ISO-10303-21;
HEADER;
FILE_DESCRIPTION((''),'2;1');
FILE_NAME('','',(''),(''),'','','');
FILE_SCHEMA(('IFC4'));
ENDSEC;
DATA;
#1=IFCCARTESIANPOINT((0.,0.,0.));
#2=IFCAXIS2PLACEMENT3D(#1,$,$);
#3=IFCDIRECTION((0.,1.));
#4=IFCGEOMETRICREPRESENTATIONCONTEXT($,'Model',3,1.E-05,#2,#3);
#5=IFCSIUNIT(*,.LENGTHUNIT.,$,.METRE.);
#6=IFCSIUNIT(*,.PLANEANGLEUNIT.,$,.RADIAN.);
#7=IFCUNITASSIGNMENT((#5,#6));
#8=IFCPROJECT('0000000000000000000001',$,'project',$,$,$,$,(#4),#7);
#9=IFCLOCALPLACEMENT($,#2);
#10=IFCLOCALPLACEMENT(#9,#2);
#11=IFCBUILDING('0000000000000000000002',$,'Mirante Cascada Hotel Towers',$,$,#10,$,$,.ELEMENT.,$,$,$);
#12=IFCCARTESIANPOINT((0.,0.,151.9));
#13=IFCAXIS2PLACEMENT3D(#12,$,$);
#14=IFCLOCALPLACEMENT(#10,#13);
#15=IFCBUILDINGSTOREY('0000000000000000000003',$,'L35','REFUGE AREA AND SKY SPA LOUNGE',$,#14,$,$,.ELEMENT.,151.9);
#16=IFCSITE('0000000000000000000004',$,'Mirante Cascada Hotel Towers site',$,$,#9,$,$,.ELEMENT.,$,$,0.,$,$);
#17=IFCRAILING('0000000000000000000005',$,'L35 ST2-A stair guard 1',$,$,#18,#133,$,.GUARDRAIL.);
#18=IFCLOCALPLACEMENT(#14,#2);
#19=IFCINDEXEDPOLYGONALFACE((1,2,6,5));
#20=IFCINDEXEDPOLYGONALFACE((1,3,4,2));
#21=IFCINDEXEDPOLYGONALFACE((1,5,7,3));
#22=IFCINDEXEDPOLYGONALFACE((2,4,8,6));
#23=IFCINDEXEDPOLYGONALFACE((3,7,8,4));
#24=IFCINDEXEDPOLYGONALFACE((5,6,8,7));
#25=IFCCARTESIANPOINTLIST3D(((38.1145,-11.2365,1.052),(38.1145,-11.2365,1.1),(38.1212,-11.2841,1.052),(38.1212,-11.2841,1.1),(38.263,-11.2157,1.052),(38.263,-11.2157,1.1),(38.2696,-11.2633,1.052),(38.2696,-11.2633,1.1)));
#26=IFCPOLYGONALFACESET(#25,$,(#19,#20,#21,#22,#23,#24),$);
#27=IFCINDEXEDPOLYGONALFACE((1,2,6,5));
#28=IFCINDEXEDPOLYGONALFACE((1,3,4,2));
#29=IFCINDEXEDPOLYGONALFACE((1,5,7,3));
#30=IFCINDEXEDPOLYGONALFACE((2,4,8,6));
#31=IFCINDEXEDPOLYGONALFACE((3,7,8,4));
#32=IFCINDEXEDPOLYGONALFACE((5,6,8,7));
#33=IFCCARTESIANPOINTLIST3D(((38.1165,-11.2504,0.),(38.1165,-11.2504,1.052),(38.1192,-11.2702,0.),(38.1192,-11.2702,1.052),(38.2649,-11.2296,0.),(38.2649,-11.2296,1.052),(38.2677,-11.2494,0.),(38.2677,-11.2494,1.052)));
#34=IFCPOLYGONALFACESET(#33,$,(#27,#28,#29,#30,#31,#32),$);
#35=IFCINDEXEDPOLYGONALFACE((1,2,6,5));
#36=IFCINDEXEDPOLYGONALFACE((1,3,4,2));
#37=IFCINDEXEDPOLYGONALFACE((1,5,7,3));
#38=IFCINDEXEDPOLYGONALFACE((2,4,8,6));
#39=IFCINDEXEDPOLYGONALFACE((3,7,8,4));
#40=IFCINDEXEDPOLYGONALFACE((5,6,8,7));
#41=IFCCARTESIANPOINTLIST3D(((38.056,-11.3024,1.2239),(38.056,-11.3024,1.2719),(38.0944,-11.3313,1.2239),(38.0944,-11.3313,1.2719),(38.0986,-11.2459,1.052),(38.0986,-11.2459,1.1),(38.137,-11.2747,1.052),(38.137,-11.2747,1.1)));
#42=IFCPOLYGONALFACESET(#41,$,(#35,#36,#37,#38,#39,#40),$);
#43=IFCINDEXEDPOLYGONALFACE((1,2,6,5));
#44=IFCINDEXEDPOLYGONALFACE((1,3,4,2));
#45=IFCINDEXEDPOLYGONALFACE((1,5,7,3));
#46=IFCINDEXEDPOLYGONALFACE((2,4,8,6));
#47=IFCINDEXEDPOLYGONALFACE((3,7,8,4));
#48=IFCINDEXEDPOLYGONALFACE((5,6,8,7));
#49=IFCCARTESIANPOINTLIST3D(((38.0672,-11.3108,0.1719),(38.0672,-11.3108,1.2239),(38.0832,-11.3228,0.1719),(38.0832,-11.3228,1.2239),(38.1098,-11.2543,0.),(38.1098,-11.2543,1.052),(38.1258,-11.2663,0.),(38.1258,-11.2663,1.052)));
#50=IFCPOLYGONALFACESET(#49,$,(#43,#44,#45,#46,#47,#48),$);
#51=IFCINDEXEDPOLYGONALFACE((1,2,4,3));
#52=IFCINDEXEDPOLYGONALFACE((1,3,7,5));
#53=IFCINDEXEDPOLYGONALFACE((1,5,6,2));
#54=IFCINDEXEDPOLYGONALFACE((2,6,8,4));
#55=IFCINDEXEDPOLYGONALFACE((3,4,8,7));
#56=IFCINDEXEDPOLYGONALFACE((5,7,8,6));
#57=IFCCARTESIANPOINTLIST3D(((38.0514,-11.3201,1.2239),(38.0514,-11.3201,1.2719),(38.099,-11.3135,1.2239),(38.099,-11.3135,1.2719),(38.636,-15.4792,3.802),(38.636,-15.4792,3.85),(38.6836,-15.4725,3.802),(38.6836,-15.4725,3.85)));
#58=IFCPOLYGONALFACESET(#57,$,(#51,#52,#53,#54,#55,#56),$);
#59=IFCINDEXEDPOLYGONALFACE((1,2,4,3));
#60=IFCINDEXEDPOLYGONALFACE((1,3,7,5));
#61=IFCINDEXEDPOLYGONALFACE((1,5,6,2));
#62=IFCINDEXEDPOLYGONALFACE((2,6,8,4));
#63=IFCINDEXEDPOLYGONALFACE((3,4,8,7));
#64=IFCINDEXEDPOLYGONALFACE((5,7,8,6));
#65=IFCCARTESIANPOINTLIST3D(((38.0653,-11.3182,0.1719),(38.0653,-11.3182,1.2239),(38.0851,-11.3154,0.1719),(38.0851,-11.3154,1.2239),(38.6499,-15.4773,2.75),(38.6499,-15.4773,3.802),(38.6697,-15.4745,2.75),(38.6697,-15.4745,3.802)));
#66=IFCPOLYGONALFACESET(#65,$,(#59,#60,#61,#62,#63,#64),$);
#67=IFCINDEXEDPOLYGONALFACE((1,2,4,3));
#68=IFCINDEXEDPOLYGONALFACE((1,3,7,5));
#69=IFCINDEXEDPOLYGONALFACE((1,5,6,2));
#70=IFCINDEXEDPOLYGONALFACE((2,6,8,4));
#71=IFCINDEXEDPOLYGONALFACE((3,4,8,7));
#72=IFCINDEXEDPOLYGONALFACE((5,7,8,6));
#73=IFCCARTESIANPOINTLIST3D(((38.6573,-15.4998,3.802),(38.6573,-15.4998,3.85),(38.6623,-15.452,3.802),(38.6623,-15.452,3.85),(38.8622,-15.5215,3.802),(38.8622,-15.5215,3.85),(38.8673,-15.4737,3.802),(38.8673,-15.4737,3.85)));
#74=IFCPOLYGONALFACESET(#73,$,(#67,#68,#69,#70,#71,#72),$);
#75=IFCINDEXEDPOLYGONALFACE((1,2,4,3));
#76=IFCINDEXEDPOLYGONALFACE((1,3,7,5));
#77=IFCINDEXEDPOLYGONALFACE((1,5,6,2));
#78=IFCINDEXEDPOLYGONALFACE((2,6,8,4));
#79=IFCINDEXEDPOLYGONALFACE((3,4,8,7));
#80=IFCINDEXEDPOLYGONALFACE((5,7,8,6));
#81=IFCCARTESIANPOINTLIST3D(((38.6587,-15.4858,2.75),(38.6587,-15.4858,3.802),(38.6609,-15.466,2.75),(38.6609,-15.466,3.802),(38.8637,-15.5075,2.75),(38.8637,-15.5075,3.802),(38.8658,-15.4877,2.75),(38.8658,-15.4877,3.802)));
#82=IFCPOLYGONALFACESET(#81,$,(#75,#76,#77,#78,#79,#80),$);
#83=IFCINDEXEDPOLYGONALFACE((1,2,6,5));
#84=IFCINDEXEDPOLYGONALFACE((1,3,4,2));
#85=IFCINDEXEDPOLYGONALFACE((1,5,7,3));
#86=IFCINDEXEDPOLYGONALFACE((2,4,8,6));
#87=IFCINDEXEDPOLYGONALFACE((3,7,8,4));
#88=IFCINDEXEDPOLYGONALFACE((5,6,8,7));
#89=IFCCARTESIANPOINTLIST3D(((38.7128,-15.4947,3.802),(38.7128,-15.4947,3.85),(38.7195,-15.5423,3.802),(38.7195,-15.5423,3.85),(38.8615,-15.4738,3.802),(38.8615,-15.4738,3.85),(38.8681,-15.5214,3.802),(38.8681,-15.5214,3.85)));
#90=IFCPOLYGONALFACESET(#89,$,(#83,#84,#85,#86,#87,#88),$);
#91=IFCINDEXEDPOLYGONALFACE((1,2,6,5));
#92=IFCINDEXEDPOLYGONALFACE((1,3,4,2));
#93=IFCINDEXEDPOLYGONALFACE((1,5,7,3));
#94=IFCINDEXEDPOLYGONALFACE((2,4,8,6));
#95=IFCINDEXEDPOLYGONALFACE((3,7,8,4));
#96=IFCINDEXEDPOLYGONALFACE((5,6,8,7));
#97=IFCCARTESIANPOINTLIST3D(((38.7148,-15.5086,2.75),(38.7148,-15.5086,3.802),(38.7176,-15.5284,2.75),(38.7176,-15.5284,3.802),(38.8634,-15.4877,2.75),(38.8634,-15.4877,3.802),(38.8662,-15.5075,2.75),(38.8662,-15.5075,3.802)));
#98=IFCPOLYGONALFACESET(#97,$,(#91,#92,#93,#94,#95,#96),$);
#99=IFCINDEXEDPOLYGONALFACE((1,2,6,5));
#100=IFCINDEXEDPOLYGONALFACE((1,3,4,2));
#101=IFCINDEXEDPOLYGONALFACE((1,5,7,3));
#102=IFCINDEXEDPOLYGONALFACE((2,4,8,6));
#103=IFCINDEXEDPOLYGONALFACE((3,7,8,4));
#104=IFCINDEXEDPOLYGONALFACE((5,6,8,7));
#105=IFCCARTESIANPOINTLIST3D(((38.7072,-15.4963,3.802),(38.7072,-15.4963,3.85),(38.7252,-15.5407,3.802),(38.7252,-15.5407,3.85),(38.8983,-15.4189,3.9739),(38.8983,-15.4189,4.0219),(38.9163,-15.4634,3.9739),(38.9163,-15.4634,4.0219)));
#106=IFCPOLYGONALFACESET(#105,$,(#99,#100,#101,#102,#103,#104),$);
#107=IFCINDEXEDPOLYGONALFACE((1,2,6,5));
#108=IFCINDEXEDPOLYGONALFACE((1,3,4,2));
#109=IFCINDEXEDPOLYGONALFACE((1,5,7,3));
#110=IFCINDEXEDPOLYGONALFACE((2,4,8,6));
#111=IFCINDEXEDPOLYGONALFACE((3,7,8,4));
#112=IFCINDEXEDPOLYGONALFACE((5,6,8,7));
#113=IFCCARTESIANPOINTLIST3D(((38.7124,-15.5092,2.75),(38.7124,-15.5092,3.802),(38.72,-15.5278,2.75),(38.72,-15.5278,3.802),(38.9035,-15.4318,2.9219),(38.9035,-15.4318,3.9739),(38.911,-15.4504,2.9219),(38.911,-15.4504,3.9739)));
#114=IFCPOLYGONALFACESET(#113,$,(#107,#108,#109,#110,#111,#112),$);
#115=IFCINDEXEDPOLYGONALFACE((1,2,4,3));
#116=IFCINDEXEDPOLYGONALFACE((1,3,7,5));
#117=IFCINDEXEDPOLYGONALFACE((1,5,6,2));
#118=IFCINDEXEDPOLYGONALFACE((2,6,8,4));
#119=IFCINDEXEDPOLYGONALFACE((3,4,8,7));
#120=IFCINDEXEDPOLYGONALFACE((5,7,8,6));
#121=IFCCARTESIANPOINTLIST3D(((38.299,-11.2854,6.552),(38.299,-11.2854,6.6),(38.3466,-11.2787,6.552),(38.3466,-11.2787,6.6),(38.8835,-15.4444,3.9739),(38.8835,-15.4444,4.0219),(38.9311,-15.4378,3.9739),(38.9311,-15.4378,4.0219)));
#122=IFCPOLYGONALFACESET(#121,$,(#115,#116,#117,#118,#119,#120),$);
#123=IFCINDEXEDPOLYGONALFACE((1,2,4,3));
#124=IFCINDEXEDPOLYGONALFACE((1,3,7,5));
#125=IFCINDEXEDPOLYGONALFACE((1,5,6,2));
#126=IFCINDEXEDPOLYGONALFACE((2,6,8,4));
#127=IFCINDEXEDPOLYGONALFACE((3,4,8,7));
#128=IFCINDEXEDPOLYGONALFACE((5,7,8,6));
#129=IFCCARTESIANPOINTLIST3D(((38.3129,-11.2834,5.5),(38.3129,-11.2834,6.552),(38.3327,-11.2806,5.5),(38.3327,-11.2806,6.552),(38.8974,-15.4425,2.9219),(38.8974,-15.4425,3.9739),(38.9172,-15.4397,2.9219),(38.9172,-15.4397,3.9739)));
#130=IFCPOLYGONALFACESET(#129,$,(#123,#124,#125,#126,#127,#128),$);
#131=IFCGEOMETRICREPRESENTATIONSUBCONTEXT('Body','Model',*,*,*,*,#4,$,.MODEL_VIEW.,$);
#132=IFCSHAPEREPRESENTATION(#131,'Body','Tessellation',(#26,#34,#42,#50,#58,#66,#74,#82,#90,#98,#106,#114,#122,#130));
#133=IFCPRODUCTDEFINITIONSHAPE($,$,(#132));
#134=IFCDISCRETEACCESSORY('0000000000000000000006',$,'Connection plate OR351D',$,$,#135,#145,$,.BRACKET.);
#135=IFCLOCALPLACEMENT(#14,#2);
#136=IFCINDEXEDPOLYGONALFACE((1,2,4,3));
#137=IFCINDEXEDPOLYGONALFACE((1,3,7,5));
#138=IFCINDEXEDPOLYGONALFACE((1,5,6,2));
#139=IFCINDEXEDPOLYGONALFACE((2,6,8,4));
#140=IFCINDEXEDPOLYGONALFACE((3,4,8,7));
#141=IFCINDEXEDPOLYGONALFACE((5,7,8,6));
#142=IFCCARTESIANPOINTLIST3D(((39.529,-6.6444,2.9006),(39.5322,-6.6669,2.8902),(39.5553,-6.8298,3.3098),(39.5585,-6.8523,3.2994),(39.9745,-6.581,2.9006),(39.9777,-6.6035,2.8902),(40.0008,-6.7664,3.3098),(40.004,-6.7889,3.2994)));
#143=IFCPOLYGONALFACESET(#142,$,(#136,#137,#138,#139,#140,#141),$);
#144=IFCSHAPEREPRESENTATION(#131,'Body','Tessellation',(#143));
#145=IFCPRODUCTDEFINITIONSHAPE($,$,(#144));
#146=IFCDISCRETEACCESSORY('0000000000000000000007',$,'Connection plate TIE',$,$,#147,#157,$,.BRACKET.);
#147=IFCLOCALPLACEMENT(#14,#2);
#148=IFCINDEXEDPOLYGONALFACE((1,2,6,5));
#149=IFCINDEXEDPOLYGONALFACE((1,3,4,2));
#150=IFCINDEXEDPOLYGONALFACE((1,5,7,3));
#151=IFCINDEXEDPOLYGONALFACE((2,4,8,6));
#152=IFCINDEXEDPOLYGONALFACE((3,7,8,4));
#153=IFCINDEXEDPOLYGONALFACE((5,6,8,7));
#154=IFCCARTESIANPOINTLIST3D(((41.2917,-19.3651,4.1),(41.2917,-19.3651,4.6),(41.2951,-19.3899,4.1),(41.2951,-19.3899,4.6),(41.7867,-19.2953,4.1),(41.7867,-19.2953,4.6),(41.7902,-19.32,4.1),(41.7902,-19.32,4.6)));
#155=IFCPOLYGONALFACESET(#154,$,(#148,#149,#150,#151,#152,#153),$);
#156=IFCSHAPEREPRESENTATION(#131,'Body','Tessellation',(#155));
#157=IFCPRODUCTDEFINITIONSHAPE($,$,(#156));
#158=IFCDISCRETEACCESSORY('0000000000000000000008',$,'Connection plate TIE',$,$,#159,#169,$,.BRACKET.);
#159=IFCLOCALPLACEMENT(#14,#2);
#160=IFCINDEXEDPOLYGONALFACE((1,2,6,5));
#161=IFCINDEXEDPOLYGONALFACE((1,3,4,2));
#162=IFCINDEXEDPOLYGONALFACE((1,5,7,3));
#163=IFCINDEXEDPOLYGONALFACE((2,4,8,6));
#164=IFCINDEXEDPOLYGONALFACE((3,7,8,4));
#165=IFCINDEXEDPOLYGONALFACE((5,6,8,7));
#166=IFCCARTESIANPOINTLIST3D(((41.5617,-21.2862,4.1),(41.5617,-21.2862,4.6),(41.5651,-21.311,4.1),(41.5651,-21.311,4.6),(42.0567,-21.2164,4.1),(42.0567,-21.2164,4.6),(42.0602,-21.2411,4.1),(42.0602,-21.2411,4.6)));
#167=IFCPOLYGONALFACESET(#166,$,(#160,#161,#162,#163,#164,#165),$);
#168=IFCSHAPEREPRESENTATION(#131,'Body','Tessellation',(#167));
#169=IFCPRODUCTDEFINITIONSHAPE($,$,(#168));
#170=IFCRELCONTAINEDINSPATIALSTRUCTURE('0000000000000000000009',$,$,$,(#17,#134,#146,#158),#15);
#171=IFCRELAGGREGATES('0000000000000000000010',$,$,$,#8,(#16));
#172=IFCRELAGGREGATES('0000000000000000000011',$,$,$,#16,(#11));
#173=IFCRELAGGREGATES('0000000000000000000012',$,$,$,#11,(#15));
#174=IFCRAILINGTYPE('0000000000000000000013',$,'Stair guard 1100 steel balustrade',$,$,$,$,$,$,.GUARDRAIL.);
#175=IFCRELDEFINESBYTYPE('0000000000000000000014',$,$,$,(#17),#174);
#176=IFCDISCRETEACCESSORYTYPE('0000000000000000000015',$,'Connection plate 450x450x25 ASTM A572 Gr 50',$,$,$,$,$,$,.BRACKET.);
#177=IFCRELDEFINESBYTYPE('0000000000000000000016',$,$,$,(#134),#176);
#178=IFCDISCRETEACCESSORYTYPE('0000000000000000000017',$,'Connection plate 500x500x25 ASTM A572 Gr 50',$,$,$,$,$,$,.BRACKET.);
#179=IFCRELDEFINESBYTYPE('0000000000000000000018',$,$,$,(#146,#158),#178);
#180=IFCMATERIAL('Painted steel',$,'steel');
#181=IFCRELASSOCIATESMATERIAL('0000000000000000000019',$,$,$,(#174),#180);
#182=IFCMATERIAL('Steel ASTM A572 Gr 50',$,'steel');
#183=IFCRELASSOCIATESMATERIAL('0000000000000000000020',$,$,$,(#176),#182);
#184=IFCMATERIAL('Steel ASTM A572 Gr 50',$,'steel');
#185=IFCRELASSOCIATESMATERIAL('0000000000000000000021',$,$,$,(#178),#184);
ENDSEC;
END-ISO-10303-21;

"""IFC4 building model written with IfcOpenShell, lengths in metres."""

from ifc_helpers import new_model, si_unit, direction, frame, origin, origin_2d, place, context, subcontext, project, spatial, rectangle, extrude, material, material_profile, profile_set, type_object, element, save


model = new_model("IFC4")

# Units and contexts
model_context = context("Model", 3, precision=1e-05, world=origin(), true_north=direction((0.0, 1.0)))
body_context = subcontext(model_context, "Body", "Model", "MODEL_VIEW")
ifc_project = project(units=[si_unit("LENGTHUNIT", "METRE"), si_unit("PLANEANGLEUNIT", "RADIAN")], contexts=[model_context])

# Site, building, storey
site_placement = place(None, origin())
site = spatial("IfcSite", under=ifc_project, at=site_placement, Name="Mirante Cascada Hotel Towers site", CompositionType="ELEMENT", RefElevation=0.0)
building_placement = place(site_placement, origin())
building = spatial("IfcBuilding", under=site, at=building_placement, Name="Mirante Cascada Hotel Towers", CompositionType="ELEMENT")
storey_placement = place(building_placement, frame((0.0, 0.0, 151.9)))
storey = spatial("IfcBuildingStorey", under=building, at=storey_placement, Name="L35", Description="REFUGE AREA AND SKY SPA LOUNGE", CompositionType="ELEMENT", Elevation=151.9)

# Railing
ifc_material_1 = material(Name="Painted steel", Category="steel")
railing_type = type_object("IfcRailingType", Name="Stair guard 1100 steel balustrade", PredefinedType="GUARDRAIL", material=ifc_material_1)
railing_placement = place(storey_placement, frame((38.2663, -11.2395, 0.0)))
element("IfcRailing", 1, at=railing_placement, inside=storey, type_object=railing_type, Name="L35 ST2-A stair guard 1", PredefinedType="GUARDRAIL", context=body_context, shape_type="SweptSolid", body=[
    extrude(rectangle(XDim=0.048, YDim=0.048, at=origin_2d()), frame((0.0, 0.0, 1.076), z_axis=(-0.990333, -0.138713, 0.0), x_axis=(0.138713, -0.990333, 0.0)), (0.0, 0.0, 1.0), 0.1499),
    extrude(rectangle(XDim=0.02, YDim=1.052, at=origin_2d()), frame((0.0, 0.0, 0.526), z_axis=(-0.990333, -0.138713, 0.0), x_axis=(0.138713, -0.990333, 0.0)), (0.0, 0.0, 1.0), 0.1499),
    extrude(rectangle(XDim=0.048, YDim=0.048, at=origin_2d()), frame((-0.1485, -0.0208, 1.076), z_axis=(-0.602033, -0.798471, 0.0), x_axis=(0.798471, -0.602033, 0.0)), (0.0, 0.92472, 0.380648), 0.1859),
    extrude(rectangle(XDim=0.02, YDim=1.052, at=origin_2d()), frame((-0.1485, -0.0208, 0.526), z_axis=(-0.602033, -0.798471, 0.0), x_axis=(0.798471, -0.602033, 0.0)), (0.0, 0.92472, 0.380648), 0.1859),
    extrude(rectangle(XDim=0.048, YDim=0.048, at=origin_2d()), frame((-0.1911, -0.0773, 1.2479), z_axis=(0.139191, -0.990266, 0.0), x_axis=(0.990266, 0.139191, 0.0)), (0.0, 0.52314, 0.852247), 4.9281),
    extrude(rectangle(XDim=0.02, YDim=1.052, at=origin_2d()), frame((-0.1911, -0.0773, 0.6979), z_axis=(0.139191, -0.990266, 0.0), x_axis=(0.990266, 0.139191, 0.0)), (0.0, 0.52314, 0.852247), 4.9281),
    extrude(rectangle(XDim=0.048, YDim=0.048, at=origin_2d()), frame((0.3935, -4.2364, 3.826), z_axis=(0.994444, -0.105266, 0.0), x_axis=(0.105266, 0.994444, 0.0)), (0.0, 0.0, 1.0), 0.2061),
    extrude(rectangle(XDim=0.02, YDim=1.052, at=origin_2d()), frame((0.3935, -4.2364, 3.276), z_axis=(0.994444, -0.105266, 0.0), x_axis=(0.105266, 0.994444, 0.0)), (0.0, 0.0, 1.0), 0.2061),
    extrude(rectangle(XDim=0.048, YDim=0.048, at=origin_2d()), frame((0.5985, -4.2581, 3.826), z_axis=(-0.990254, -0.139275, 0.0), x_axis=(0.139275, -0.990254, 0.0)), (0.0, 0.0, 1.0), 0.1501),
    extrude(rectangle(XDim=0.02, YDim=1.052, at=origin_2d()), frame((0.5985, -4.2581, 3.276), z_axis=(-0.990254, -0.139275, 0.0), x_axis=(0.139275, -0.990254, 0.0)), (0.0, 0.0, 1.0), 0.1501),
    extrude(rectangle(XDim=0.048, YDim=0.048, at=origin_2d()), frame((0.4499, -4.279, 3.826), z_axis=(0.926862, 0.375401, 0.0), x_axis=(-0.375401, 0.926862, 0.0)), (0.0, 0.640369, 0.768068), 0.2684),
    extrude(rectangle(XDim=0.02, YDim=1.052, at=origin_2d()), frame((0.4499, -4.279, 3.276), z_axis=(0.926862, 0.375401, 0.0), x_axis=(-0.375401, 0.926862, 0.0)), (0.0, 0.640369, 0.768068), 0.2684),
    extrude(rectangle(XDim=0.048, YDim=0.048, at=origin_2d()), frame((0.641, -4.2016, 3.9979), z_axis=(-0.139168, 0.990269, 0.0), x_axis=(-0.990269, -0.139168, 0.0)), (0.0, 0.523141, 0.852246), 4.9281),
    extrude(rectangle(XDim=0.02, YDim=1.052, at=origin_2d()), frame((0.641, -4.2016, 3.4479), z_axis=(-0.139168, 0.990269, 0.0), x_axis=(-0.990269, -0.139168, 0.0)), (0.0, 0.523141, 0.852246), 4.9281),
])

# Discrete accessories
ifc_material_2 = material(Name="Steel ASTM A572 Gr 50", Category="steel")
ifc_material_profile_1 = material_profile(ifc_material_2, rectangle(XDim=0.45, YDim=0.45, at=origin_2d()), Name="Connection plate 450x450x25 ASTM A572 Gr 50")
ifc_profile_set_1 = profile_set([ifc_material_profile_1], Name="Steel ASTM A572 Gr 50")
discrete_accessory_type_1 = type_object("IfcDiscreteAccessoryType", Name="Connection plate 450x450x25 ASTM A572 Gr 50", PredefinedType="BRACKET", material=ifc_profile_set_1)
discrete_accessory_placement = place(storey_placement, frame((39.7681, -6.7279, 3.0948), z_axis=(-0.128036, 0.900252, 0.416117), x_axis=(-0.990037, -0.140805, 0.0)))
element("IfcDiscreteAccessory", 2, at=discrete_accessory_placement, inside=storey, type_object=discrete_accessory_type_1, Name="Connection plate OR351D", PredefinedType="BRACKET", context=body_context, shape_type="SweptSolid", body=[
    extrude(rectangle(XDim=0.45, YDim=0.45, at=origin_2d()), origin(), (0.0, 0.0, 1.0), 0.025),
])
ifc_material_3 = material(Name="Steel ASTM A572 Gr 50", Category="steel")
ifc_material_profile_2 = material_profile(ifc_material_3, rectangle(XDim=0.5, YDim=0.5, at=origin_2d()), Name="Connection plate 500x500x25 ASTM A572 Gr 50")
ifc_profile_set_2 = profile_set([ifc_material_profile_2], Name="Steel ASTM A572 Gr 50")
discrete_accessory_type_2 = type_object("IfcDiscreteAccessoryType", Name="Connection plate 500x500x25 ASTM A572 Gr 50", PredefinedType="BRACKET", material=ifc_profile_set_2)
for number, where, z_axis, x_axis, name in (
    (3, (41.5392, -19.3302, 4.35), (0.139744, -0.990188, 0.0), (0.990188, 0.139744, 0.0), "Connection plate TIE"),
    (4, (41.8092, -21.2513, 4.35), (0.139744, -0.990188, 0.0), (0.990188, 0.139744, 0.0), "Connection plate TIE"),
):
    element("IfcDiscreteAccessory", number, at=place(storey_placement, frame(where, z_axis=z_axis, x_axis=x_axis)), inside=storey, type_object=discrete_accessory_type_2, Name=name, PredefinedType="BRACKET", context=body_context, shape_type="SweptSolid", body=[
        extrude(rectangle(XDim=0.5, YDim=0.5, at=origin_2d()), origin(), (0.0, 0.0, 1.0), 0.025),
    ])

save(model, "model.ifc")
